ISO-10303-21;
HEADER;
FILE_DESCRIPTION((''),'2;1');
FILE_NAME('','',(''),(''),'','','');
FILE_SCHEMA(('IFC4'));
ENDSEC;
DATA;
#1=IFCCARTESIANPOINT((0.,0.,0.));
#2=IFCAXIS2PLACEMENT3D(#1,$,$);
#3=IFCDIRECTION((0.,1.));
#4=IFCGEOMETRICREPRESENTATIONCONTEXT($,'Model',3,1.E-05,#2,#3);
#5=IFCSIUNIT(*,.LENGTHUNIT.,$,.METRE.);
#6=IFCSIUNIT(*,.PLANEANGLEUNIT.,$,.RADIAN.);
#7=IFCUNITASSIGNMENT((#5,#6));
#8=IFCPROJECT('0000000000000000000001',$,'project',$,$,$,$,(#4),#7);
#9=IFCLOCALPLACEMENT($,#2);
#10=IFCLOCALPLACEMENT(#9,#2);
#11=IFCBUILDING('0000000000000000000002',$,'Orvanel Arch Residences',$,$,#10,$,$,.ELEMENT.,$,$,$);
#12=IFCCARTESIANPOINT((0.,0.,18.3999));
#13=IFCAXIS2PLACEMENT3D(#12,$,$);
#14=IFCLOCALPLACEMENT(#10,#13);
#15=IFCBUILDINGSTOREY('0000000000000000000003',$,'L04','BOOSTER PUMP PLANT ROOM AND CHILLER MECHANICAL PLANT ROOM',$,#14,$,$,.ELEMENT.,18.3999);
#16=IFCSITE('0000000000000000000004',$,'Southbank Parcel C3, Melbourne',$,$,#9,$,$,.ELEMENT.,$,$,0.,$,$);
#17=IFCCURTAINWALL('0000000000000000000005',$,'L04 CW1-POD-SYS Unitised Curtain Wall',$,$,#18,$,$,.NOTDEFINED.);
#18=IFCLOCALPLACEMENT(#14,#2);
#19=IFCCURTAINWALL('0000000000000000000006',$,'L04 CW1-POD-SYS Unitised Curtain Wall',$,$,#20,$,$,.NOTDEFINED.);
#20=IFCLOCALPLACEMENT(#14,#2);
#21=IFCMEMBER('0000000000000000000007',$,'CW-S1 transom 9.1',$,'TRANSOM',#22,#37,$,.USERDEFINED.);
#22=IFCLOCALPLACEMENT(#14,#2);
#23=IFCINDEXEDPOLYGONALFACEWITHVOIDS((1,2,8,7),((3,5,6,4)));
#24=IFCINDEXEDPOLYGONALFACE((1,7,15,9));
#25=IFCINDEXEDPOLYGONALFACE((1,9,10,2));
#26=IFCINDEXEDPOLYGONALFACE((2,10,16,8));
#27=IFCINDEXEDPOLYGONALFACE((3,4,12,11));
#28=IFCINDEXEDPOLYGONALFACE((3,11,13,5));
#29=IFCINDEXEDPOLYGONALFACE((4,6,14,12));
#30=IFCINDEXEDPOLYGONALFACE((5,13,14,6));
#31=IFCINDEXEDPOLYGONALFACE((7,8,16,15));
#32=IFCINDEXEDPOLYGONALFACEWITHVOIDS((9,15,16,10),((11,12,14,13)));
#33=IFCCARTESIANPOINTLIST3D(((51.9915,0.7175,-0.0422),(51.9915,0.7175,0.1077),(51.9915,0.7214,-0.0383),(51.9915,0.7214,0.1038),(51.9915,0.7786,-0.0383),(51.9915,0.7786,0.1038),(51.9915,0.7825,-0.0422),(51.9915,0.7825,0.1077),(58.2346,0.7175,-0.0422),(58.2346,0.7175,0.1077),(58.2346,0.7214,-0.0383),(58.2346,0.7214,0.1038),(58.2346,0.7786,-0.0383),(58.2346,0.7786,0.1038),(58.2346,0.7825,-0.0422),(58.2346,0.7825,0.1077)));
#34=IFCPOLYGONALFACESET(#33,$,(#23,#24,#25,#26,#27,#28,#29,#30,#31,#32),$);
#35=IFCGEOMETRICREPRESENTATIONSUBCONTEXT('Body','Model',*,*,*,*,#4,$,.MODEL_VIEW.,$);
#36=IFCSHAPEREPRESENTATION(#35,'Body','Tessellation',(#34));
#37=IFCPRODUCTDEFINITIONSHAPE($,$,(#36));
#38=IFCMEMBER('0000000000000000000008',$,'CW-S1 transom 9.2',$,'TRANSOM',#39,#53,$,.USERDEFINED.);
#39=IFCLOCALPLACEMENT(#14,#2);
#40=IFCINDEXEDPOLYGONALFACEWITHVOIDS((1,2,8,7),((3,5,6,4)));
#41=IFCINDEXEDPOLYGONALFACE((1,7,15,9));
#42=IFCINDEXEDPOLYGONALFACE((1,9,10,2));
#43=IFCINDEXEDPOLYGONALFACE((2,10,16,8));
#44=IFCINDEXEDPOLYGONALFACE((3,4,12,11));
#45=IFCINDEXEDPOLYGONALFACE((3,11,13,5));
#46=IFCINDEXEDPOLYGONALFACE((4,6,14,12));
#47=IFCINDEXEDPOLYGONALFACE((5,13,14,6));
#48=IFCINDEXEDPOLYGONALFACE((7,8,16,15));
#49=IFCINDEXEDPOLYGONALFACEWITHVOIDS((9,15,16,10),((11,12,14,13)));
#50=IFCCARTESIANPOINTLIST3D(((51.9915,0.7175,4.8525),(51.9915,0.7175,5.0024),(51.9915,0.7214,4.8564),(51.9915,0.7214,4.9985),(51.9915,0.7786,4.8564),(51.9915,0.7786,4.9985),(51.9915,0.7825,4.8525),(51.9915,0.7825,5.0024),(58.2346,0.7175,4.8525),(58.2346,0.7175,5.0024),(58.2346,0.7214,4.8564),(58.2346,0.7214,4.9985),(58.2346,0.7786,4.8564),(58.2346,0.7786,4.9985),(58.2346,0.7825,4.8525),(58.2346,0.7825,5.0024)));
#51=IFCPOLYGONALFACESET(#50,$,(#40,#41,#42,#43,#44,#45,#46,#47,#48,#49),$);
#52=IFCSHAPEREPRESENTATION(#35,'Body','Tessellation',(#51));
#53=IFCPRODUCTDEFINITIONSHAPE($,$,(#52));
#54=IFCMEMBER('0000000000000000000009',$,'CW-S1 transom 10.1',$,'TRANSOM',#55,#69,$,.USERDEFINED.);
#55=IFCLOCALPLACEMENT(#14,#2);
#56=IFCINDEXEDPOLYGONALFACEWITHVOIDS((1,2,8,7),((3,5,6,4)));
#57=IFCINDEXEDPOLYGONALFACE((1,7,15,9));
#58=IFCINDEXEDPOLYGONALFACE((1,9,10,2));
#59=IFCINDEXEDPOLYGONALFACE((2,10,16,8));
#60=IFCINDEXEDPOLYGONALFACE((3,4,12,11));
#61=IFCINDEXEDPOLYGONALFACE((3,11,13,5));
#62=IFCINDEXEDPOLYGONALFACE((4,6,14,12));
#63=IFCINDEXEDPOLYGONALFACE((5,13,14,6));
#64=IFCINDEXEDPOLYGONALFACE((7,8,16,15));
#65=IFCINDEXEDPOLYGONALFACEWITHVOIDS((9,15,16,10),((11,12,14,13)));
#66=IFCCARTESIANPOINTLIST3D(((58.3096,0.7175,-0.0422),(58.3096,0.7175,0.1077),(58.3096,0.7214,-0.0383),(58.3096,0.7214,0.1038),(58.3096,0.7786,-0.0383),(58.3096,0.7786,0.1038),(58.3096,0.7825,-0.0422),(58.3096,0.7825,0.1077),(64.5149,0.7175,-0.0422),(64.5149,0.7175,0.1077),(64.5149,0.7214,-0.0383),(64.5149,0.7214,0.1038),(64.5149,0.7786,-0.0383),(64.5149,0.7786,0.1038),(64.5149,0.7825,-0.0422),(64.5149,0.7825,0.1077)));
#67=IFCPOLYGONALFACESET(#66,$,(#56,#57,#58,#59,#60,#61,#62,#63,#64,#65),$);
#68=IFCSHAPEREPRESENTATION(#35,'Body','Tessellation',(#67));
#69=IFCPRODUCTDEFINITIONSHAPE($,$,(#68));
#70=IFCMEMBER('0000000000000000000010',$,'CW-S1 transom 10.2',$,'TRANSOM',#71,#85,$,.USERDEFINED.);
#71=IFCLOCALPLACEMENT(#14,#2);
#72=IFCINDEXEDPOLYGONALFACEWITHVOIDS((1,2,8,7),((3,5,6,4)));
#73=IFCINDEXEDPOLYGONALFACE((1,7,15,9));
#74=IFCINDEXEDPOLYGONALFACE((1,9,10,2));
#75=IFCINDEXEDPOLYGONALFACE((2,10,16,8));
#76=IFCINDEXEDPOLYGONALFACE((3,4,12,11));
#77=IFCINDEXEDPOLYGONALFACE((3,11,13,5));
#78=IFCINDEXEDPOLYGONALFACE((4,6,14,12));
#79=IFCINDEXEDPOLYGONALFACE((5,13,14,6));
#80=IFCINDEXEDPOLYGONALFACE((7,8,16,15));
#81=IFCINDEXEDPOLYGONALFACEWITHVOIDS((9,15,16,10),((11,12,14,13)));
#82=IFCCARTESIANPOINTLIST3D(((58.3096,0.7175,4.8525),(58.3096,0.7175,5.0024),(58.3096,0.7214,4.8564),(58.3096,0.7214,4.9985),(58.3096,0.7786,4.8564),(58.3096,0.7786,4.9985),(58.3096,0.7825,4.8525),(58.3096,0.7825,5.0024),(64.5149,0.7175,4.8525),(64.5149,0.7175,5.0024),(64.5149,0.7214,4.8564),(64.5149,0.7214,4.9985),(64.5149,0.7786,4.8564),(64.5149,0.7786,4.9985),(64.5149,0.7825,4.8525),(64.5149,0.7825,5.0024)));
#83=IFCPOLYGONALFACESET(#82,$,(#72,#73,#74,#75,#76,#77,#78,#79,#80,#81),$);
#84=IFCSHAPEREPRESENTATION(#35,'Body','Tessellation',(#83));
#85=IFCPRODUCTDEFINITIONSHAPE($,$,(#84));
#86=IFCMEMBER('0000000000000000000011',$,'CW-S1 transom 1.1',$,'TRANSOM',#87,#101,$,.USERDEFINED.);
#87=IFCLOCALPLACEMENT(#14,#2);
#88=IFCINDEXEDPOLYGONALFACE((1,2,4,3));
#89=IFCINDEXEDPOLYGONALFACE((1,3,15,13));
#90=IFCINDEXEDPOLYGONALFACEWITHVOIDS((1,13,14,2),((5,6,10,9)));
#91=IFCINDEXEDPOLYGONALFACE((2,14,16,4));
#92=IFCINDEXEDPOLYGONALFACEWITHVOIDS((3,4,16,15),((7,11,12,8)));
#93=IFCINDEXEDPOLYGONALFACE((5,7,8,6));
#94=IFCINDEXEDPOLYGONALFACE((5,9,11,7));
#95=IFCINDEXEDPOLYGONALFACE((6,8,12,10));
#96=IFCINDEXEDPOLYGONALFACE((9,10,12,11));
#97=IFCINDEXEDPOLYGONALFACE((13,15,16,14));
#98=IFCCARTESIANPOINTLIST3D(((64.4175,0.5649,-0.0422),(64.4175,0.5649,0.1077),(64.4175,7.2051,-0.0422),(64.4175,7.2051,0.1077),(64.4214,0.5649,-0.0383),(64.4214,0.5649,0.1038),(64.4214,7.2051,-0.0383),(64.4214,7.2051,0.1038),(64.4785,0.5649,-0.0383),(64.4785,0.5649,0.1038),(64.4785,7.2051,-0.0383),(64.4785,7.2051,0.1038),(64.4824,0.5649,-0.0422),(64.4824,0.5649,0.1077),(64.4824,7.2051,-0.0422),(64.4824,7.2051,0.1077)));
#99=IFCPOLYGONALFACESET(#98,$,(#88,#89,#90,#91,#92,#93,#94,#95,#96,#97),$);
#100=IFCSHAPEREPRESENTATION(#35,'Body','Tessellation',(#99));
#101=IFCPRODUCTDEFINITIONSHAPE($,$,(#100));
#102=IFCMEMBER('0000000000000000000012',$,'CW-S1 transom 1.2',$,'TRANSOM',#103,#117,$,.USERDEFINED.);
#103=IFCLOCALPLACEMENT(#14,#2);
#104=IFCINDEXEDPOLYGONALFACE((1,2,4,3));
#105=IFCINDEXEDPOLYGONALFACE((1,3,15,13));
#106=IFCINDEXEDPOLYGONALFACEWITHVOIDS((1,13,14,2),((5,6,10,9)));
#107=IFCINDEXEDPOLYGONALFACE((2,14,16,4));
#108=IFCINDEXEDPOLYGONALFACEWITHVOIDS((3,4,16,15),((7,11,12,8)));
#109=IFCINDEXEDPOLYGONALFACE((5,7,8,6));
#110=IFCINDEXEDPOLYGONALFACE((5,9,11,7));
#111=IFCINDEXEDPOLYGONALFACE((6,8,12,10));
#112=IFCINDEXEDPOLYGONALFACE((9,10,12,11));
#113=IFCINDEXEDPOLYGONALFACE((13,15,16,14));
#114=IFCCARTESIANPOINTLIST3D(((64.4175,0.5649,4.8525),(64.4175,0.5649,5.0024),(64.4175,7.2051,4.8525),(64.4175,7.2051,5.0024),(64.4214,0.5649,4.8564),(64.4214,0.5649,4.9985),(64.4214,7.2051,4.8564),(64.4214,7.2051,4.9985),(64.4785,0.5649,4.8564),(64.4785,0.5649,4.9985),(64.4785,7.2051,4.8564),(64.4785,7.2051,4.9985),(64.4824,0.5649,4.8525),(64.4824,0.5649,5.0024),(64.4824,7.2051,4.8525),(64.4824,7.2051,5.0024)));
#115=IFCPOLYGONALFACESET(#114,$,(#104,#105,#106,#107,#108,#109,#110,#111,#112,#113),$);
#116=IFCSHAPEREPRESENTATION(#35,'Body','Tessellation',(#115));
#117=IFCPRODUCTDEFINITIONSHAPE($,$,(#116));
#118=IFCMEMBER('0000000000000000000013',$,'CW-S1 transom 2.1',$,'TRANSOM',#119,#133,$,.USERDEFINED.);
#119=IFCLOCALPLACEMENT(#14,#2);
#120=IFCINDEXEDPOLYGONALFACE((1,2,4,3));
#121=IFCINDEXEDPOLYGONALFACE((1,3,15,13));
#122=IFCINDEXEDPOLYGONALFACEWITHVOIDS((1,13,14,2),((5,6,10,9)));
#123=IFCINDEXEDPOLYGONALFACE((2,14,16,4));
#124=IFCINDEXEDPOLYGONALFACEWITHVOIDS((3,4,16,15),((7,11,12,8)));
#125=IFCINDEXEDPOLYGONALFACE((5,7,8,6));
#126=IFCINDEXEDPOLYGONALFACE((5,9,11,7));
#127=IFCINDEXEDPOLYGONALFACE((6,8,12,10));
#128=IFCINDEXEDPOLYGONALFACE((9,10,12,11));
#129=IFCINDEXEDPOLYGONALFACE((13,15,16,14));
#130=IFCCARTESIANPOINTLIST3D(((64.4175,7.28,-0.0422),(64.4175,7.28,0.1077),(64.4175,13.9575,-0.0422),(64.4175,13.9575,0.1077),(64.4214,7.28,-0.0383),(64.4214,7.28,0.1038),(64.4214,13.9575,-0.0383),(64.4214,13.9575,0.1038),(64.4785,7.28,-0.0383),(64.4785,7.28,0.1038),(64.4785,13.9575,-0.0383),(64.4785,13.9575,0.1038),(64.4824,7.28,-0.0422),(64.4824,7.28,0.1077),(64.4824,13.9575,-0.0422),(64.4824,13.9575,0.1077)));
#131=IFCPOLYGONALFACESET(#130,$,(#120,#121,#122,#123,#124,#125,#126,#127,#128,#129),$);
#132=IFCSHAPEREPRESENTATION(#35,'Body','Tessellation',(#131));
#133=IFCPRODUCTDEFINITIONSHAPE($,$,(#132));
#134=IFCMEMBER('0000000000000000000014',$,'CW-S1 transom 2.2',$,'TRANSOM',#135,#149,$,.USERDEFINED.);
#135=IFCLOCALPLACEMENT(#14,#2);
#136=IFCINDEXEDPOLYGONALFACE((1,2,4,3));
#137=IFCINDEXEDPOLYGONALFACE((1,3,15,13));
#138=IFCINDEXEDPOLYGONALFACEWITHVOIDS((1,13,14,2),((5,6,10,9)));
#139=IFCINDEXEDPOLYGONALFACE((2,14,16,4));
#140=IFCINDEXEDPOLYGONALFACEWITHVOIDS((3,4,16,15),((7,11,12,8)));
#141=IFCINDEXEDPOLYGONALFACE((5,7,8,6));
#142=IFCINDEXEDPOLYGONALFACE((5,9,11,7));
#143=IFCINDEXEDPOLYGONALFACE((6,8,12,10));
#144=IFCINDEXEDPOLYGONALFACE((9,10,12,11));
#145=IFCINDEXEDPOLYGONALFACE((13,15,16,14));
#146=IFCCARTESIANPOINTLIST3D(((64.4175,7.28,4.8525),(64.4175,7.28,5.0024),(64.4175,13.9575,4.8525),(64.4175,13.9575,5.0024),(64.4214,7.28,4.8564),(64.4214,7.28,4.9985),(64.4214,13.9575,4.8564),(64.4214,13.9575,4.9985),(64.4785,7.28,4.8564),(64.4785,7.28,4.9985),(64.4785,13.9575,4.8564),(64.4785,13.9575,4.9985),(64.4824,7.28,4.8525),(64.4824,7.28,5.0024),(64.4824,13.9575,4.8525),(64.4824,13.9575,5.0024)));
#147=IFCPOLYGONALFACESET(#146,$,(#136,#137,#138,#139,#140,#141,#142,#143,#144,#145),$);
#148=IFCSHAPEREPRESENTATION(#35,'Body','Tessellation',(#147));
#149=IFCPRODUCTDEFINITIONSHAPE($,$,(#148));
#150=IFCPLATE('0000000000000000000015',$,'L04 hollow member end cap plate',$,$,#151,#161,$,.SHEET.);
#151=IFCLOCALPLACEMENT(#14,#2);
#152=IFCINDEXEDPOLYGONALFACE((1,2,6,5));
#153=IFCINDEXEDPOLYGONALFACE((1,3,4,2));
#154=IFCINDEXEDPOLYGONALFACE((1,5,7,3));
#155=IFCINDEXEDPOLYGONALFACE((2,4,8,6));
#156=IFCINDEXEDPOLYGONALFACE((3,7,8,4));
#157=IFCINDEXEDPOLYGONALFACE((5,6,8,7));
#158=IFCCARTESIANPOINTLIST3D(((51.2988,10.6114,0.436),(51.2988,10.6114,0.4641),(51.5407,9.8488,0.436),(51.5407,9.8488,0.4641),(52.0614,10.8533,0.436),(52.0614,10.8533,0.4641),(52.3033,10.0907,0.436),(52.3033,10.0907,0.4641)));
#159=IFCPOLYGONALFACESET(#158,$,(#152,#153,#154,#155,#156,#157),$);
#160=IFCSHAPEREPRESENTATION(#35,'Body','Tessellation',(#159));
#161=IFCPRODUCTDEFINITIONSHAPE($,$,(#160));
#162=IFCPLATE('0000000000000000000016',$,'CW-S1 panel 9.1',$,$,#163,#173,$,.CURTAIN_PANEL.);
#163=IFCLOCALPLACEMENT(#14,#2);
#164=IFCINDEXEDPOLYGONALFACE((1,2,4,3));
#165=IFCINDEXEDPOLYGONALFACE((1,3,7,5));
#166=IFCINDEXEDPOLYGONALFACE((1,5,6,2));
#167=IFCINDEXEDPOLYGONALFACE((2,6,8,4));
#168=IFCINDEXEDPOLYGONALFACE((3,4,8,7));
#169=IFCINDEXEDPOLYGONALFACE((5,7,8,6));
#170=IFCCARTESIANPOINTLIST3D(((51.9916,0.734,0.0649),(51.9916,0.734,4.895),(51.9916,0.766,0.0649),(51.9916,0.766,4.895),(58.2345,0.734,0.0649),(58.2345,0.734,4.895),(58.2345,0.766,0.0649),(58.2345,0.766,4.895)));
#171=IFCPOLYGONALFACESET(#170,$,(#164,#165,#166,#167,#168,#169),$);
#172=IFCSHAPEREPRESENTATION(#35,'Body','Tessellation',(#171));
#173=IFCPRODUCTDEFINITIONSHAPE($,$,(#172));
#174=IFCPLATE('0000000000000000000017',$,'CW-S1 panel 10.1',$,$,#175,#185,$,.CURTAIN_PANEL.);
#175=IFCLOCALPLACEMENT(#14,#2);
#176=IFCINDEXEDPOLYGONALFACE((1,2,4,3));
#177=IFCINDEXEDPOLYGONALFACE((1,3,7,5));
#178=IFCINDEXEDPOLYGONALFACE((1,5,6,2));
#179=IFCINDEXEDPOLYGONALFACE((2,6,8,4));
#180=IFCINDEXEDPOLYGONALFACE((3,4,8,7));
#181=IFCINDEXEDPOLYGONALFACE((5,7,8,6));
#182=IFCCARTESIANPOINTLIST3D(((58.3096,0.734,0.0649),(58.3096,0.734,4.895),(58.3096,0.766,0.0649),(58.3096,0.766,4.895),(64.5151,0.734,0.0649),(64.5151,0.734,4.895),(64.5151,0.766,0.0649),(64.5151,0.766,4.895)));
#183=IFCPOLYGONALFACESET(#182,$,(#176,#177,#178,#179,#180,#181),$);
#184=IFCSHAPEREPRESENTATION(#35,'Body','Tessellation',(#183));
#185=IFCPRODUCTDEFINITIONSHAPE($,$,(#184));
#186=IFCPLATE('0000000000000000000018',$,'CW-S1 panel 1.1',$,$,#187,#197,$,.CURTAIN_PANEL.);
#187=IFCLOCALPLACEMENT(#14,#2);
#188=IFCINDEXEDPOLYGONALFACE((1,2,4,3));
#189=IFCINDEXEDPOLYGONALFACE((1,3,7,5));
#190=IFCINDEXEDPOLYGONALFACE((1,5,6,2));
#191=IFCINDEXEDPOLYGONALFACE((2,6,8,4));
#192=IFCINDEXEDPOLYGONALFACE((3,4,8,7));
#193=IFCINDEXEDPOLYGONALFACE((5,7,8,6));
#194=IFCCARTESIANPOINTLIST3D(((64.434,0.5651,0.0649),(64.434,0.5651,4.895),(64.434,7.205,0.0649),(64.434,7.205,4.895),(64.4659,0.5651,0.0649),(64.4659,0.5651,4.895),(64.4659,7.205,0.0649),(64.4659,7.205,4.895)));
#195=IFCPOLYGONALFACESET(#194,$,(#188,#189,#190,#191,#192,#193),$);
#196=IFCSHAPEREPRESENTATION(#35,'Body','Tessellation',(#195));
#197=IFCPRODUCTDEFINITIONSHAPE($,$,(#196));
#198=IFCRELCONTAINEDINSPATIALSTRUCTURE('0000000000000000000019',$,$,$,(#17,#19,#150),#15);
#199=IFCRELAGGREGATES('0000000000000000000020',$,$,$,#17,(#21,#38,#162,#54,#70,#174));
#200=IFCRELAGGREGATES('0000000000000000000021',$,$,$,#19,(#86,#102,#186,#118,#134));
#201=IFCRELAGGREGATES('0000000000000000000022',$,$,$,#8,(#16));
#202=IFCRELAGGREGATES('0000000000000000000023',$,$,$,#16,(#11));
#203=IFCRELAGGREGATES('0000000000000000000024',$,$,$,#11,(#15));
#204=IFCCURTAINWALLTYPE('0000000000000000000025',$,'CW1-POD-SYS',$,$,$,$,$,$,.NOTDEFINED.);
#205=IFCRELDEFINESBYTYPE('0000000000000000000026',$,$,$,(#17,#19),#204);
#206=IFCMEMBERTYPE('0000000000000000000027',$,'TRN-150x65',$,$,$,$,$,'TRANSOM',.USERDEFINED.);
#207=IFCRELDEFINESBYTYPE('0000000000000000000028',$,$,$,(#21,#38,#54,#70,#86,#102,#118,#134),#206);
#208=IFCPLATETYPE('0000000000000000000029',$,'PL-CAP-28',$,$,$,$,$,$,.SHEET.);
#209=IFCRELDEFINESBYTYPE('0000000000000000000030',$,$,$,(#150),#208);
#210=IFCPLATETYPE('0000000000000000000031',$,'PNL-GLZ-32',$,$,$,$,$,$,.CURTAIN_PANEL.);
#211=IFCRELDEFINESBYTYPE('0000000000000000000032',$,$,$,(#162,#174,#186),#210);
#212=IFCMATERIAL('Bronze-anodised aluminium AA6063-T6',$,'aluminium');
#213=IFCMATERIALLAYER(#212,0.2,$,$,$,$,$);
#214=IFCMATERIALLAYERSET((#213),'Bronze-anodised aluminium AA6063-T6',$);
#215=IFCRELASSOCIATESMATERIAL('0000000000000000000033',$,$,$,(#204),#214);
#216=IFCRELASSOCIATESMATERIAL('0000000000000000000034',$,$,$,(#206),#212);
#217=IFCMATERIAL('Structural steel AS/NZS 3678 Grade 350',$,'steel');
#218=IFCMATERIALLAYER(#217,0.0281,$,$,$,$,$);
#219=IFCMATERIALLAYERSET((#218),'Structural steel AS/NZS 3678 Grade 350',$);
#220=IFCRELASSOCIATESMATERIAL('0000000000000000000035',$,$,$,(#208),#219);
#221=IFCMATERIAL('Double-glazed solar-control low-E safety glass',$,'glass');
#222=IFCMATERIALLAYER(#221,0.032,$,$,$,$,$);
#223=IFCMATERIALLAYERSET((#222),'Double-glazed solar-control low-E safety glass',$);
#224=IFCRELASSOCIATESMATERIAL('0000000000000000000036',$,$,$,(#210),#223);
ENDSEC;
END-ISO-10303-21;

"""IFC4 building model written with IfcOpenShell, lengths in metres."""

from ifc_helpers import new_model, si_unit, direction, frame, origin, origin_2d, place, context, subcontext, project, spatial, rectangle, hollow_rectangle, extrude, material, layer, layer_set, material_profile, profile_set, type_object, element, aggregate, save


model = new_model("IFC4")

# Units and contexts
model_context = context("Model", 3, precision=1e-05, world=origin(), true_north=direction((0.0, 1.0)))
body_context = subcontext(model_context, "Body", "Model", "MODEL_VIEW")
ifc_project = project(units=[si_unit("LENGTHUNIT", "METRE"), si_unit("PLANEANGLEUNIT", "RADIAN")], contexts=[model_context])

# Site, building, storey
site_placement = place(None, origin())
site = spatial("IfcSite", under=ifc_project, at=site_placement, Name="Southbank Parcel C3, Melbourne", CompositionType="ELEMENT", RefElevation=0.0)
building_placement = place(site_placement, origin())
building = spatial("IfcBuilding", under=site, at=building_placement, Name="Orvanel Arch Residences", CompositionType="ELEMENT")
storey_placement = place(building_placement, frame((0.0, 0.0, 18.3999)))
storey = spatial("IfcBuildingStorey", under=building, at=storey_placement, Name="L04", Description="BOOSTER PUMP PLANT ROOM AND CHILLER MECHANICAL PLANT ROOM", CompositionType="ELEMENT", Elevation=18.3999)

# Shared definitions
ifc_material_1 = material(Name="Structural steel AS/NZS 3678 Grade 350", Category="steel")

# Curtain walls
ifc_material_2 = material(Name="Bronze-anodised aluminium AA6063-T6", Category="aluminium")
ifc_layer_1 = layer(ifc_material_2, 0.2)
ifc_layer_set_1 = layer_set([ifc_layer_1], Name="Bronze-anodised aluminium AA6063-T6")
curtain_wall_type = type_object("IfcCurtainWallType", Name="CW1-POD-SYS", PredefinedType="NOTDEFINED", material=ifc_layer_set_1)
curtain_wall_1_placement = place(storey_placement, origin())
curtain_wall_1 = element("IfcCurtainWall", 1, at=curtain_wall_1_placement, inside=storey, type_object=curtain_wall_type, Name="L04 CW1-POD-SYS Unitised Curtain Wall", PredefinedType="NOTDEFINED")
curtain_wall_2_placement = place(storey_placement, origin())
curtain_wall_2 = element("IfcCurtainWall", 2, at=curtain_wall_2_placement, inside=storey, type_object=curtain_wall_type, Name="L04 CW1-POD-SYS Unitised Curtain Wall", PredefinedType="NOTDEFINED")

# Members
ifc_material_profile_1 = material_profile(ifc_material_2, hollow_rectangle(XDim=0.0649, YDim=0.1499, WallThickness=0.0039, at=origin_2d()), Name="ALU150x65x4")
ifc_profile_set_1 = profile_set([ifc_material_profile_1], Name="Bronze-anodised aluminium AA6063-T6")
member_type_1 = type_object("IfcMemberType", Name="TRN-150x65", ElementType="TRANSOM", PredefinedType="USERDEFINED", material=ifc_profile_set_1)
member_1_placement = place(storey_placement, frame((51.9915, 0.75, 0.0327), z_axis=(1.0, 0.0, 0.0), x_axis=(0.0, 1.0, 0.0)))
member_1 = element("IfcMember", 3, at=member_1_placement, type_object=member_type_1, Name="CW-S1 transom 9.1", ObjectType="TRANSOM", PredefinedType="USERDEFINED", context=body_context, shape_type="SweptSolid", body=[
    extrude(hollow_rectangle(XDim=0.0649, YDim=0.1499, WallThickness=0.0039, at=origin_2d()), origin(), (0.0, 0.0, 1.0), 6.2432),
])
member_2_placement = place(storey_placement, frame((51.9915, 0.75, 4.9275), z_axis=(1.0, 0.0, 0.0), x_axis=(0.0, 1.0, 0.0)))
member_2 = element("IfcMember", 4, at=member_2_placement, type_object=member_type_1, Name="CW-S1 transom 9.2", ObjectType="TRANSOM", PredefinedType="USERDEFINED", context=body_context, shape_type="SweptSolid", body=[
    extrude(hollow_rectangle(XDim=0.0649, YDim=0.1499, WallThickness=0.0039, at=origin_2d()), origin(), (0.0, 0.0, 1.0), 6.2432),
])
member_3_placement = place(storey_placement, frame((58.3096, 0.75, 0.0327), z_axis=(1.0, 0.0, 0.0), x_axis=(0.0, 1.0, 0.0)))
member_3 = element("IfcMember", 5, at=member_3_placement, type_object=member_type_1, Name="CW-S1 transom 10.1", ObjectType="TRANSOM", PredefinedType="USERDEFINED", context=body_context, shape_type="SweptSolid", body=[
    extrude(hollow_rectangle(XDim=0.0649, YDim=0.1499, WallThickness=0.0039, at=origin_2d()), origin(), (0.0, 0.0, 1.0), 6.2053),
])
member_4_placement = place(storey_placement, frame((58.3096, 0.75, 4.9275), z_axis=(1.0, 0.0, 0.0), x_axis=(0.0, 1.0, 0.0)))
member_4 = element("IfcMember", 6, at=member_4_placement, type_object=member_type_1, Name="CW-S1 transom 10.2", ObjectType="TRANSOM", PredefinedType="USERDEFINED", context=body_context, shape_type="SweptSolid", body=[
    extrude(hollow_rectangle(XDim=0.0649, YDim=0.1499, WallThickness=0.0039, at=origin_2d()), origin(), (0.0, 0.0, 1.0), 6.2053),
])
member_5_placement = place(storey_placement, frame((64.45, 0.5649, 0.0327), z_axis=(0.0, 1.0, 0.0), x_axis=(-1.0, 0.0, 0.0)))
member_5 = element("IfcMember", 7, at=member_5_placement, type_object=member_type_1, Name="CW-S1 transom 1.1", ObjectType="TRANSOM", PredefinedType="USERDEFINED", context=body_context, shape_type="SweptSolid", body=[
    extrude(hollow_rectangle(XDim=0.0649, YDim=0.1499, WallThickness=0.0039, at=origin_2d()), origin(), (0.0, 0.0, 1.0), 6.6401),
])
member_6_placement = place(storey_placement, frame((64.45, 0.5649, 4.9275), z_axis=(0.0, 1.0, 0.0), x_axis=(-1.0, 0.0, 0.0)))
member_6 = element("IfcMember", 8, at=member_6_placement, type_object=member_type_1, Name="CW-S1 transom 1.2", ObjectType="TRANSOM", PredefinedType="USERDEFINED", context=body_context, shape_type="SweptSolid", body=[
    extrude(hollow_rectangle(XDim=0.0649, YDim=0.1499, WallThickness=0.0039, at=origin_2d()), origin(), (0.0, 0.0, 1.0), 6.6401),
])
member_7_placement = place(storey_placement, frame((64.45, 7.28, 0.0327), z_axis=(0.0, 1.0, 0.0), x_axis=(-1.0, 0.0, 0.0)))
member_7 = element("IfcMember", 9, at=member_7_placement, type_object=member_type_1, Name="CW-S1 transom 2.1", ObjectType="TRANSOM", PredefinedType="USERDEFINED", context=body_context, shape_type="SweptSolid", body=[
    extrude(hollow_rectangle(XDim=0.0649, YDim=0.1499, WallThickness=0.0039, at=origin_2d()), origin(), (0.0, 0.0, 1.0), 6.6775),
])
member_8_placement = place(storey_placement, frame((64.45, 7.28, 4.9275), z_axis=(0.0, 1.0, 0.0), x_axis=(-1.0, 0.0, 0.0)))
member_8 = element("IfcMember", 10, at=member_8_placement, type_object=member_type_1, Name="CW-S1 transom 2.2", ObjectType="TRANSOM", PredefinedType="USERDEFINED", context=body_context, shape_type="SweptSolid", body=[
    extrude(hollow_rectangle(XDim=0.0649, YDim=0.1499, WallThickness=0.0039, at=origin_2d()), origin(), (0.0, 0.0, 1.0), 6.6775),
])

# Plates
ifc_layer_2 = layer(ifc_material_1, 0.0281)
ifc_layer_set_2 = layer_set([ifc_layer_2], Name="Structural steel AS/NZS 3678 Grade 350")
plate_type_1 = type_object("IfcPlateType", Name="PL-CAP-28", PredefinedType="SHEET", material=ifc_layer_set_2)
plate_1_placement = place(storey_placement, frame((51.801, 10.3511, 0.436), z_axis=(0.0, 0.0, 1.0), x_axis=(0.953191, 0.30237, 0.0)))
element("IfcPlate", 11, at=plate_1_placement, inside=storey, type_object=plate_type_1, Name="L04 hollow member end cap plate", PredefinedType="SHEET", context=body_context, shape_type="SweptSolid", body=[
    extrude(rectangle(XDim=0.8, YDim=0.8, at=origin_2d()), origin(), (0.0, 0.0, 1.0), 0.0281),
])
ifc_material_3 = material(Name="Double-glazed solar-control low-E safety glass", Category="glass")
ifc_layer_3 = layer(ifc_material_3, 0.032)
ifc_layer_set_3 = layer_set([ifc_layer_3], Name="Double-glazed solar-control low-E safety glass")
plate_type_2 = type_object("IfcPlateType", Name="PNL-GLZ-32", PredefinedType="CURTAIN_PANEL", material=ifc_layer_set_3)
plate_2_placement = place(storey_placement, frame((55.113, 0.75, 0.0649), z_axis=(0.0, 0.0, 1.0), x_axis=(1.0, 0.0, 0.0)))
plate_2 = element("IfcPlate", 12, at=plate_2_placement, type_object=plate_type_2, Name="CW-S1 panel 9.1", PredefinedType="CURTAIN_PANEL", context=body_context, shape_type="SweptSolid", body=[
    extrude(rectangle(XDim=6.2429, YDim=0.032, at=origin_2d()), origin(), (0.0, 0.0, 1.0), 4.8301),
])
plate_3_placement = place(storey_placement, frame((61.4124, 0.75, 0.0649), z_axis=(0.0, 0.0, 1.0), x_axis=(1.0, 0.0, 0.0)))
plate_3 = element("IfcPlate", 13, at=plate_3_placement, type_object=plate_type_2, Name="CW-S1 panel 10.1", PredefinedType="CURTAIN_PANEL", context=body_context, shape_type="SweptSolid", body=[
    extrude(rectangle(XDim=6.2056, YDim=0.032, at=origin_2d()), origin(), (0.0, 0.0, 1.0), 4.8301),
])
aggregate(curtain_wall_1, [member_1, member_2, plate_2, member_3, member_4, plate_3])
plate_4_placement = place(storey_placement, frame((64.45, 3.885, 0.0649), z_axis=(0.0, 0.0, 1.0), x_axis=(0.0, 1.0, 0.0)))
plate_4 = element("IfcPlate", 14, at=plate_4_placement, type_object=plate_type_2, Name="CW-S1 panel 1.1", PredefinedType="CURTAIN_PANEL", context=body_context, shape_type="SweptSolid", body=[
    extrude(rectangle(XDim=6.6399, YDim=0.032, at=origin_2d()), origin(), (0.0, 0.0, 1.0), 4.8301),
])
aggregate(curtain_wall_2, [member_5, member_6, plate_4, member_7, member_8])

save(model, "model.ifc")
